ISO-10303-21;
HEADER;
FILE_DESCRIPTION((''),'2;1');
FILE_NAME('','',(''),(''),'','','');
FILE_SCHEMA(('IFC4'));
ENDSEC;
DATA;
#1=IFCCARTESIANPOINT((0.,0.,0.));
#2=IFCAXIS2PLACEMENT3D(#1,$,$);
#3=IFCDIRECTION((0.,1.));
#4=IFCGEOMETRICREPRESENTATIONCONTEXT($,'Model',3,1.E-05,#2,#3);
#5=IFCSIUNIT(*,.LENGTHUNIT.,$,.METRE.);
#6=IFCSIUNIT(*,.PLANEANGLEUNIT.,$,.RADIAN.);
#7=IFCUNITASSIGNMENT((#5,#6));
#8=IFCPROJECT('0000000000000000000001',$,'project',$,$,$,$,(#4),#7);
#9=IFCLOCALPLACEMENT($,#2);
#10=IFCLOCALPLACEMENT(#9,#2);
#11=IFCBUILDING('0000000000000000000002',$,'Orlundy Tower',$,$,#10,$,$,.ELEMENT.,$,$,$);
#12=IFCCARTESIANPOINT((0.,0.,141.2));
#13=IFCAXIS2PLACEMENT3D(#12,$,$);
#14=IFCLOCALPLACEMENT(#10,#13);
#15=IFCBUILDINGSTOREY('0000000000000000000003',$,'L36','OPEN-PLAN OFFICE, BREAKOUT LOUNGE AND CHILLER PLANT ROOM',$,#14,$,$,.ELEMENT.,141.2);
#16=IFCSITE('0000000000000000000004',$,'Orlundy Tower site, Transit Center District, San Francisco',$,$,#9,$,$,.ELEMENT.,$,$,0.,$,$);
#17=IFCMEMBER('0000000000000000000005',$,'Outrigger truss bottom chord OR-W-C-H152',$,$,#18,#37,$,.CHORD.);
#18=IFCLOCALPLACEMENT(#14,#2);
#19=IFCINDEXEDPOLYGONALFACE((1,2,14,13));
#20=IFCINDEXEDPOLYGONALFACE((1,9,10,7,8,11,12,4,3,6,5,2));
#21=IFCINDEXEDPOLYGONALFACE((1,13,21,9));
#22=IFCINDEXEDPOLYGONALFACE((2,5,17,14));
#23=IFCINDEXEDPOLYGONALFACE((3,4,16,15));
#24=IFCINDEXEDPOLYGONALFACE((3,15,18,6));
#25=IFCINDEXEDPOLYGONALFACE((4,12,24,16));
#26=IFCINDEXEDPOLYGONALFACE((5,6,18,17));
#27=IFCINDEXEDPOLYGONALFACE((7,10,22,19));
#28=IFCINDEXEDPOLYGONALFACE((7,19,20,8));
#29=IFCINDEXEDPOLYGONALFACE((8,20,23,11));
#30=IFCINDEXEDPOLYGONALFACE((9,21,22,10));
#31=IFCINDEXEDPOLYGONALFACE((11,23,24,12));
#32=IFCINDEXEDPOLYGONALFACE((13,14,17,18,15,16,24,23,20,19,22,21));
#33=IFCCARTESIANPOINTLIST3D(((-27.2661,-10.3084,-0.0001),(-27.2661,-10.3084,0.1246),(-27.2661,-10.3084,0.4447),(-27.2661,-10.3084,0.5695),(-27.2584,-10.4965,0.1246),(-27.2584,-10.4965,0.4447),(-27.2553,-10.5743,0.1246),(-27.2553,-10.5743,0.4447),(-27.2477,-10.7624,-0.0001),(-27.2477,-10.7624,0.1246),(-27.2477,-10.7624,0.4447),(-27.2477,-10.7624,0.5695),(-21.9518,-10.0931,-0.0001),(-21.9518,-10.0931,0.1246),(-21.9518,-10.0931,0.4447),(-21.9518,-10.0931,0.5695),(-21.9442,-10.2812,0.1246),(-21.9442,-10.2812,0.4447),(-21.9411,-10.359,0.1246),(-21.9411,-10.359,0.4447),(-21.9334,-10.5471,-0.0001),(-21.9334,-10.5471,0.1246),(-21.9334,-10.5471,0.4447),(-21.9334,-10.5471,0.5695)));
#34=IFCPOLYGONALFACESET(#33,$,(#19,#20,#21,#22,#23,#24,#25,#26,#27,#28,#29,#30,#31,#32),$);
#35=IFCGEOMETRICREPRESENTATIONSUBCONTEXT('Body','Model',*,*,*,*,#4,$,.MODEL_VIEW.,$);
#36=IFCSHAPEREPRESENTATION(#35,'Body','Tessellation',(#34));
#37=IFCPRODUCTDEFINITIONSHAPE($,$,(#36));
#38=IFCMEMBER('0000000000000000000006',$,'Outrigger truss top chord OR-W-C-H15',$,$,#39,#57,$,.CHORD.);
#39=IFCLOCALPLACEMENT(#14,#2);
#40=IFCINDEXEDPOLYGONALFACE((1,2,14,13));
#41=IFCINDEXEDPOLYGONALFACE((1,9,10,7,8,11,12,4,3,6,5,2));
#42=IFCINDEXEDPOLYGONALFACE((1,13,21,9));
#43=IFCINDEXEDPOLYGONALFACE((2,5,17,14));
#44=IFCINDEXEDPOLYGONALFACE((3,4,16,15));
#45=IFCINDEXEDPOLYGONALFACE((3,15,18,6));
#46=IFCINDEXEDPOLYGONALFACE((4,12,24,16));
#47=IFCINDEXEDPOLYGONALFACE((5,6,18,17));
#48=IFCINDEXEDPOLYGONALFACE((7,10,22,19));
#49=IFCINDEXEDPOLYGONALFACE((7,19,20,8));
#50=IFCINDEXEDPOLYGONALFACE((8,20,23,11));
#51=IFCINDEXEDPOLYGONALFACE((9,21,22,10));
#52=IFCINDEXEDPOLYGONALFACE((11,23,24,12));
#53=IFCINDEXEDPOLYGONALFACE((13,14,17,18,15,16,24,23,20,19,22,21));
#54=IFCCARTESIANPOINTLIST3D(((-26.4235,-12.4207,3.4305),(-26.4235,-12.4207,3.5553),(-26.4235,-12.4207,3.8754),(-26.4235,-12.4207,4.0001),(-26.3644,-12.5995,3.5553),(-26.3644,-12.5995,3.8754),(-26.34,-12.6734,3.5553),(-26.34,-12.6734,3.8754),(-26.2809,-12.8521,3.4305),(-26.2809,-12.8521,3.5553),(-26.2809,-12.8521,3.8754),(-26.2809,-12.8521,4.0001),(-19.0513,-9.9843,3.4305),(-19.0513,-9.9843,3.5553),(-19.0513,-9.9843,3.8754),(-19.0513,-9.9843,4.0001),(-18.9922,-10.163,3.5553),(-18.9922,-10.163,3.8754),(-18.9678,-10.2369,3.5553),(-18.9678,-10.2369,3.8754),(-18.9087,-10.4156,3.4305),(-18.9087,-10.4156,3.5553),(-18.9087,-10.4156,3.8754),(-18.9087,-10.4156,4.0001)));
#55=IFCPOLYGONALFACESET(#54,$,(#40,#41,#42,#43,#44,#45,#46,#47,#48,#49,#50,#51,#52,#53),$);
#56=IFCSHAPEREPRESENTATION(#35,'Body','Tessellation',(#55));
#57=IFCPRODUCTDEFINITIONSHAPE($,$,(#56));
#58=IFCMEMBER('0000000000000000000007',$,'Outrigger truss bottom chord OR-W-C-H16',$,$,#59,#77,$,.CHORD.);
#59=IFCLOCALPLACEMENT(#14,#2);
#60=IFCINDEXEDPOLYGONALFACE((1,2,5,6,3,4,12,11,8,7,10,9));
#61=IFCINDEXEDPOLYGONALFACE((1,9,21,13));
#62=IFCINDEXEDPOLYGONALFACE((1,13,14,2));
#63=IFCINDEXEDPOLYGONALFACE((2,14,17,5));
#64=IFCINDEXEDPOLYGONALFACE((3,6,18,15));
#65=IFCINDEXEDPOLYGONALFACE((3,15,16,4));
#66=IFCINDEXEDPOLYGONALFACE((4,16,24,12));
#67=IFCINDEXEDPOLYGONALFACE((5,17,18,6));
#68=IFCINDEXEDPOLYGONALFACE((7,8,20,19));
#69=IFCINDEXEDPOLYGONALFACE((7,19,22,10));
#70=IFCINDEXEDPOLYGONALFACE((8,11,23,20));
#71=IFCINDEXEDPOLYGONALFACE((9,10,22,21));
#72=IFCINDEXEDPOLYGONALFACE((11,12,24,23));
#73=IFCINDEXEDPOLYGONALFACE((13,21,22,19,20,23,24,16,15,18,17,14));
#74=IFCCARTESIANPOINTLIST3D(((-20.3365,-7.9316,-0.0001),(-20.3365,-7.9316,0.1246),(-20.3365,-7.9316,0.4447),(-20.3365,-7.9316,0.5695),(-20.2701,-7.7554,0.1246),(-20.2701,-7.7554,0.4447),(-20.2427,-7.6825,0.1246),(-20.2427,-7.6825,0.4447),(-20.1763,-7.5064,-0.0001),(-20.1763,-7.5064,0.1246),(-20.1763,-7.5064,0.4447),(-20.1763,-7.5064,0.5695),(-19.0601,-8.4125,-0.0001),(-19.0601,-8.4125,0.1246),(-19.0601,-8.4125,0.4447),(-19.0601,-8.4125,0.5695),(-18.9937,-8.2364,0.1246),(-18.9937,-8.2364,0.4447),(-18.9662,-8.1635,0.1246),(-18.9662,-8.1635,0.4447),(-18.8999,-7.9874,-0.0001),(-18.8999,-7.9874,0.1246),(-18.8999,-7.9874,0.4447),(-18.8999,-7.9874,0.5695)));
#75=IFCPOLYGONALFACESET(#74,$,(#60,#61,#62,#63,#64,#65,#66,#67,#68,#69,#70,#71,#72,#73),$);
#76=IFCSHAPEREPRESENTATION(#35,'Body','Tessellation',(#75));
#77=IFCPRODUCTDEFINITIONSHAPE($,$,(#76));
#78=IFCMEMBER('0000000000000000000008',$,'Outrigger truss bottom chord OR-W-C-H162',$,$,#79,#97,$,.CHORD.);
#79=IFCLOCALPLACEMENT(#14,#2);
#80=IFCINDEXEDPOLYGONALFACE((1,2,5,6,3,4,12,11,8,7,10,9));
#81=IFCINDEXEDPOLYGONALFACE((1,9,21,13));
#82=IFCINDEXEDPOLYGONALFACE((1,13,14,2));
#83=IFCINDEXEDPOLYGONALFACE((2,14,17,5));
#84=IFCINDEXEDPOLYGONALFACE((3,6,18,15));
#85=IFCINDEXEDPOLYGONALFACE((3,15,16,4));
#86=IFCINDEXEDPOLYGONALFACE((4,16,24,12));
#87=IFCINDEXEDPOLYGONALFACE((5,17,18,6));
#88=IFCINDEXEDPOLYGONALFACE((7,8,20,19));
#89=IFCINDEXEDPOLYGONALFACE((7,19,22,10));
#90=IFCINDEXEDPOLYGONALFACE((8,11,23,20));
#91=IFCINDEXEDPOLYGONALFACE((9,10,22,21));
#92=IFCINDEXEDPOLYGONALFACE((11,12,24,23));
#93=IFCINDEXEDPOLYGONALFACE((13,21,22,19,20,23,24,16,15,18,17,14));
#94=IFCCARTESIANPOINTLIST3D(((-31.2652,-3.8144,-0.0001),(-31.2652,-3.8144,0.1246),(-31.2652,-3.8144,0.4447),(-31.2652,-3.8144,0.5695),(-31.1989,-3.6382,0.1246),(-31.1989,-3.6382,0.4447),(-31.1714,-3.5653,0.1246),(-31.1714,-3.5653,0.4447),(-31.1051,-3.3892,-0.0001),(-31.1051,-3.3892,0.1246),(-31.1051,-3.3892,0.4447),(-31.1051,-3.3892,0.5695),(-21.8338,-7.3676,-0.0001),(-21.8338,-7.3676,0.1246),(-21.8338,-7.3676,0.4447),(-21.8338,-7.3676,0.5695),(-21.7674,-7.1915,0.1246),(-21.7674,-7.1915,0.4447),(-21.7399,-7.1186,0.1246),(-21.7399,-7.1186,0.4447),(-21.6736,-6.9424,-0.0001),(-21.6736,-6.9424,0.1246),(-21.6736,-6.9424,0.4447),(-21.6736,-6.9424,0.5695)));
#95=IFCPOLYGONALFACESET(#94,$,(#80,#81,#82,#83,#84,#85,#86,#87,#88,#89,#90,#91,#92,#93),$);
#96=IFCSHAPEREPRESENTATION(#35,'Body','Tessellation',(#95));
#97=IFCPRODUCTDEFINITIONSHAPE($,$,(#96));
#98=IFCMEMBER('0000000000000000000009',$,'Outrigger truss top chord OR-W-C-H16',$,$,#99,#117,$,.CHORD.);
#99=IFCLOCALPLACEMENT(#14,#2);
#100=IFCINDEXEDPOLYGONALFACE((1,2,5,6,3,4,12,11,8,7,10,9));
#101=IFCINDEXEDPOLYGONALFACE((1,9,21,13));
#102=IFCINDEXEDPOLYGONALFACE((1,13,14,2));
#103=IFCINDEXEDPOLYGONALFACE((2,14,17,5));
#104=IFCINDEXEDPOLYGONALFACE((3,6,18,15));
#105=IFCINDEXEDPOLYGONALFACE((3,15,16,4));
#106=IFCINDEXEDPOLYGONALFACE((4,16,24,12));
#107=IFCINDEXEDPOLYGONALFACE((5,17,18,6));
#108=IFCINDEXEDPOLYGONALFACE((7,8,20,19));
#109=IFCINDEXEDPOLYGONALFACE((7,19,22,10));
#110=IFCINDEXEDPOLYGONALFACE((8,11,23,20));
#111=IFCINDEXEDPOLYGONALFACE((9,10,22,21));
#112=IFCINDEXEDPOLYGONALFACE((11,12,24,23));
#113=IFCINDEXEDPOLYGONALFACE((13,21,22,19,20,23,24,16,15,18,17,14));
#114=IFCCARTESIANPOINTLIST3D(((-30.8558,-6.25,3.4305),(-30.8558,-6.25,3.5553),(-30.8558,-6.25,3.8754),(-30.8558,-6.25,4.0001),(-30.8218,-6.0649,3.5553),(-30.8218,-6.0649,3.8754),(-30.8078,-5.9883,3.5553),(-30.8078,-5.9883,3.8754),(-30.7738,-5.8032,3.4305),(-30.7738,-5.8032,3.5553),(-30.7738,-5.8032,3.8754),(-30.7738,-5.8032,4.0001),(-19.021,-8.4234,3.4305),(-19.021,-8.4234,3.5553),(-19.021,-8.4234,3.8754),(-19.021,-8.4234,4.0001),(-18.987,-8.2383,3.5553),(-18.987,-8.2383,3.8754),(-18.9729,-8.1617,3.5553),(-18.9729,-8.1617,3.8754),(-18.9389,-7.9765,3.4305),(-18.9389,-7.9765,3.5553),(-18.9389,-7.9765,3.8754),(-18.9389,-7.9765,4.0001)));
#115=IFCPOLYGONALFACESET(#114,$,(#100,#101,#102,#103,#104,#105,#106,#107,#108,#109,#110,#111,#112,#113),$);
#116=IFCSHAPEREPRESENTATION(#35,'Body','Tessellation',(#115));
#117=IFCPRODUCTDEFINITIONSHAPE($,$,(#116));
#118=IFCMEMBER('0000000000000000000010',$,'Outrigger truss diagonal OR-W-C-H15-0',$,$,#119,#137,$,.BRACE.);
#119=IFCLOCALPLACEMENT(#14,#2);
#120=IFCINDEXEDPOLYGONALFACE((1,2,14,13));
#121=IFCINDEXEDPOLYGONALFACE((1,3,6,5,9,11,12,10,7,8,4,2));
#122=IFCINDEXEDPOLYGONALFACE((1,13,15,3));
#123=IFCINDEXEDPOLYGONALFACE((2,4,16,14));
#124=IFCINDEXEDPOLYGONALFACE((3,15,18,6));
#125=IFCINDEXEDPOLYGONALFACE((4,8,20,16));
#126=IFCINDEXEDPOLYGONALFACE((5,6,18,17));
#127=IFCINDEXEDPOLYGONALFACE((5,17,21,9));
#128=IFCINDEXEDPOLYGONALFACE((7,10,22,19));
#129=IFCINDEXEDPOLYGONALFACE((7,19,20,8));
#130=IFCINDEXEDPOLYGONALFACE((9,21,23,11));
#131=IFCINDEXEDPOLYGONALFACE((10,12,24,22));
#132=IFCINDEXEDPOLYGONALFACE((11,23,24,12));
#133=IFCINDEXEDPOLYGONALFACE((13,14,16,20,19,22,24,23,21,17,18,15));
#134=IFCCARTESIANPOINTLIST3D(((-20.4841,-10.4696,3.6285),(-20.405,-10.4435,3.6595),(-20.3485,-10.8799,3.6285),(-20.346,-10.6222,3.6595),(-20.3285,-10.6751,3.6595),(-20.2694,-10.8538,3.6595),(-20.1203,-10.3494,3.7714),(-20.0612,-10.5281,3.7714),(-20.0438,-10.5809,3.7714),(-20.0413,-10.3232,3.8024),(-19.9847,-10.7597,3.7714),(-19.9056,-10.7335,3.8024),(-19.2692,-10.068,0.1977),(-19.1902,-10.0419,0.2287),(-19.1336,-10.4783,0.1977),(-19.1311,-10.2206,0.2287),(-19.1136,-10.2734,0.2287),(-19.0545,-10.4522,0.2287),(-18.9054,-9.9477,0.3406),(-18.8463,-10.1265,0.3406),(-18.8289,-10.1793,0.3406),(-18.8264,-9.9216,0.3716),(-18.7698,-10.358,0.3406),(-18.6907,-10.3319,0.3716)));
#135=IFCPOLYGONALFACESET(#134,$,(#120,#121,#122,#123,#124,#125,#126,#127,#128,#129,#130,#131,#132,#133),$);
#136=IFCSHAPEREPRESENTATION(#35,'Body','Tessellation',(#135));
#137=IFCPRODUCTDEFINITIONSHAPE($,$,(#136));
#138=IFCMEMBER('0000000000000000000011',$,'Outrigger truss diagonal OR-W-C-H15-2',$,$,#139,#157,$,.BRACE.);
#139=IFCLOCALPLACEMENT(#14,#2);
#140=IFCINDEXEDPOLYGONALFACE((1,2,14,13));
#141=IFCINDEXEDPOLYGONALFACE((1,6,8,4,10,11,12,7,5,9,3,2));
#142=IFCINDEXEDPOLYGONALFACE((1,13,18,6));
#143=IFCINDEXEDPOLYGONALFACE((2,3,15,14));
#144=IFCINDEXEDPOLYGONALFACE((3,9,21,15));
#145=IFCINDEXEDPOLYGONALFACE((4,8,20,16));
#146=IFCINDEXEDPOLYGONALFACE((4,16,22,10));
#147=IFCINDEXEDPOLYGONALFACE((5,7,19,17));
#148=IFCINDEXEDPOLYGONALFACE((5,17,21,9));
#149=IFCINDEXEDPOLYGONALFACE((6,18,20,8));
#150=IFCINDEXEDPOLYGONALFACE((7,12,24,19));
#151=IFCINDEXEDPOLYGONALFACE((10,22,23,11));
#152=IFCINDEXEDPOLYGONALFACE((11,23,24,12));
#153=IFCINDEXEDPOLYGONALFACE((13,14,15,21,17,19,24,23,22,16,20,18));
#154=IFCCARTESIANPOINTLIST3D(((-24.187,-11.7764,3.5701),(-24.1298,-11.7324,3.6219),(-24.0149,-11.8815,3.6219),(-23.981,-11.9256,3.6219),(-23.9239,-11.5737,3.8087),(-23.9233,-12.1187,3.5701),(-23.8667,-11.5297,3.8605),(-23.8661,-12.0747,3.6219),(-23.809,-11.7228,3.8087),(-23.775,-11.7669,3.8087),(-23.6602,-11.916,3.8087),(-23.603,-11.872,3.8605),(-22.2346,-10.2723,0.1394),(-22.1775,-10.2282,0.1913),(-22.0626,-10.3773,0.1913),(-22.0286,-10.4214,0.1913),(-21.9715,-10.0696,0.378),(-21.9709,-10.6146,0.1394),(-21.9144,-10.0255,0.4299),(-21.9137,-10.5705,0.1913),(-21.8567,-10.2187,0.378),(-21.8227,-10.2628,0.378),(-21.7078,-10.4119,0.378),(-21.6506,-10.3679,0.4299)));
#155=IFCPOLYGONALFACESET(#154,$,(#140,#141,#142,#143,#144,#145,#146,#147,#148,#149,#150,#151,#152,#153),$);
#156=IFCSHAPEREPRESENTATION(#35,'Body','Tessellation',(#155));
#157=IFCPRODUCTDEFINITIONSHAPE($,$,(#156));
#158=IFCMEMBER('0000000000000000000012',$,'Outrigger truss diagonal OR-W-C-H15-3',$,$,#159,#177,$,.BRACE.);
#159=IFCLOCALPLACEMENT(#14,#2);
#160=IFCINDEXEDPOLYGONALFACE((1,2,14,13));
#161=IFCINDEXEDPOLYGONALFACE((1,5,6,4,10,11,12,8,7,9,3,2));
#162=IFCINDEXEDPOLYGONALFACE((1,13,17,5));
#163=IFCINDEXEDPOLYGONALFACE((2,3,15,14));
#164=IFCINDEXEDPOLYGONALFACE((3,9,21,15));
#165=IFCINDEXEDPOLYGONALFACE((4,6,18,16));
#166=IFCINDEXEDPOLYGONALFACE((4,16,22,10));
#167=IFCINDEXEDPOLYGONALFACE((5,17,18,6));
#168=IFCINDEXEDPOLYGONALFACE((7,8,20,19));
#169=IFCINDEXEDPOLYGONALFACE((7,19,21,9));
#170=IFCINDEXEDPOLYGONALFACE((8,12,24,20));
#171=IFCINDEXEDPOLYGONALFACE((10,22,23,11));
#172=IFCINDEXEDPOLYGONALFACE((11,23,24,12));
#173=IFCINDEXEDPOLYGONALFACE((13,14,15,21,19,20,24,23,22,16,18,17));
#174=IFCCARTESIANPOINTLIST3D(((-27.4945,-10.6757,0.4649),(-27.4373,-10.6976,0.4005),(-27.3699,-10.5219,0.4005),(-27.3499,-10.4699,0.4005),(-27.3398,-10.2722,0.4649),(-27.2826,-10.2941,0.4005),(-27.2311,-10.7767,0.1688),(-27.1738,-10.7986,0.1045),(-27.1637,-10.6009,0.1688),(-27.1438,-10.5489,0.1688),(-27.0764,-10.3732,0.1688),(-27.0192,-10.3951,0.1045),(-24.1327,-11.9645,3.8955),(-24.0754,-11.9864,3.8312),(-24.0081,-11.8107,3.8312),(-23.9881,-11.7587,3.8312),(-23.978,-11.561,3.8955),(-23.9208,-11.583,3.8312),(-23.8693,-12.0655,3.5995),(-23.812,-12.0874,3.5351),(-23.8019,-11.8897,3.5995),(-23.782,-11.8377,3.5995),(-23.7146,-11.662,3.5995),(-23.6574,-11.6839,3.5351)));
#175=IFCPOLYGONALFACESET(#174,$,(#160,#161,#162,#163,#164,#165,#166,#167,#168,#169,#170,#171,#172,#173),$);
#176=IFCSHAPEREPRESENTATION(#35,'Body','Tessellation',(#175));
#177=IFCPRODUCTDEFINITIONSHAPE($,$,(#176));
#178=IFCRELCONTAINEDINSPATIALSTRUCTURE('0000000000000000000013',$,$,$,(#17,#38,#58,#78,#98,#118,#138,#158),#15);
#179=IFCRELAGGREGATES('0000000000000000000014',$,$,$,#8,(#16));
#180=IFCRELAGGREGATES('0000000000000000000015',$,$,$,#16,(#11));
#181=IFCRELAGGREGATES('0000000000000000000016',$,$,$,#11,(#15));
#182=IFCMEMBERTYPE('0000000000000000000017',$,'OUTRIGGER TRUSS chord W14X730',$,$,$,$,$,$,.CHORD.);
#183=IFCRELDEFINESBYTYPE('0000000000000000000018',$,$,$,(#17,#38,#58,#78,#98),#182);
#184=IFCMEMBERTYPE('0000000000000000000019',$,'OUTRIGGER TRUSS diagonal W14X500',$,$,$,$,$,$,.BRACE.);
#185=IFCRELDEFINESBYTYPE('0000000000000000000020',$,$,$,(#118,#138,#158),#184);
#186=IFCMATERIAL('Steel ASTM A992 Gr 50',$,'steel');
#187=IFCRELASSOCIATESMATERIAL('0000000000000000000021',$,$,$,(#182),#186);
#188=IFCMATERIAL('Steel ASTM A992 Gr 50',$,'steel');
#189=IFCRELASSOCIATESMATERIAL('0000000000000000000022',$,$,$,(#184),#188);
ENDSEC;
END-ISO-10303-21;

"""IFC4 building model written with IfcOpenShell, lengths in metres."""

from ifc_helpers import new_model, si_unit, direction, frame, origin, origin_2d, place, context, subcontext, project, spatial, i_section, extrude, material, material_profile, profile_set, type_object, element, save


model = new_model("IFC4")

# Units and contexts
model_context = context("Model", 3, precision=1e-05, world=origin(), true_north=direction((0.0, 1.0)))
body_context = subcontext(model_context, "Body", "Model", "MODEL_VIEW")
ifc_project = project(units=[si_unit("LENGTHUNIT", "METRE"), si_unit("PLANEANGLEUNIT", "RADIAN")], contexts=[model_context])

# Site, building, storey
site_placement = place(None, origin())
site = spatial("IfcSite", under=ifc_project, at=site_placement, Name="Orlundy Tower site, Transit Center District, San Francisco", CompositionType="ELEMENT", RefElevation=0.0)
building_placement = place(site_placement, origin())
building = spatial("IfcBuilding", under=site, at=building_placement, Name="Orlundy Tower", CompositionType="ELEMENT")
storey_placement = place(building_placement, frame((0.0, 0.0, 141.2)))
storey = spatial("IfcBuildingStorey", under=building, at=storey_placement, Name="L36", Description="OPEN-PLAN OFFICE, BREAKOUT LOUNGE AND CHILLER PLANT ROOM", CompositionType="ELEMENT", Elevation=141.2)

# Members
ifc_material_1 = material(Name="Steel ASTM A992 Gr 50", Category="steel")
ifc_material_profile_1 = material_profile(ifc_material_1, i_section(OverallWidth=0.4543, OverallDepth=0.5696, WebThickness=0.0779, FlangeThickness=0.1248, at=origin_2d()), Name="W14X730")
ifc_profile_set_1 = profile_set([ifc_material_profile_1], Name="Steel ASTM A992 Gr 50")
member_type_1 = type_object("IfcMemberType", Name="OUTRIGGER TRUSS chord W14X730", PredefinedType="CHORD", material=ifc_profile_set_1)
member_1_placement = place(storey_placement, frame((-21.9426, -10.3201, 0.2847), z_axis=(-0.99918, -0.040487, 0.0), x_axis=(0.040487, -0.99918, 0.0)))
element("IfcMember", 1, at=member_1_placement, inside=storey, type_object=member_type_1, Name="Outrigger truss bottom chord OR-W-C-H152", PredefinedType="CHORD", context=body_context, shape_type="SweptSolid", body=[
    extrude(i_section(OverallWidth=0.4543, OverallDepth=0.5696, WebThickness=0.0779, FlangeThickness=0.1248, at=origin_2d()), origin(), (0.0, 0.0, 1.0), 5.3186),
])
member_2_placement = place(storey_placement, frame((-18.98, -10.2, 3.7153), z_axis=(-0.949488, -0.313802, 0.0), x_axis=(0.313802, -0.949488, 0.0)))
element("IfcMember", 2, at=member_2_placement, inside=storey, type_object=member_type_1, Name="Outrigger truss top chord OR-W-C-H15", PredefinedType="CHORD", context=body_context, shape_type="SweptSolid", body=[
    extrude(i_section(OverallWidth=0.4543, OverallDepth=0.5696, WebThickness=0.0779, FlangeThickness=0.1248, at=origin_2d()), origin(), (0.0, 0.0, 1.0), 7.7644),
])
member_3_placement = place(storey_placement, frame((-18.98, -8.2, 0.2847), z_axis=(-0.935769, 0.352614, 0.0), x_axis=(-0.352614, -0.935769, 0.0)))
element("IfcMember", 3, at=member_3_placement, inside=storey, type_object=member_type_1, Name="Outrigger truss bottom chord OR-W-C-H16", PredefinedType="CHORD", context=body_context, shape_type="SweptSolid", body=[
    extrude(i_section(OverallWidth=0.4543, OverallDepth=0.5696, WebThickness=0.0779, FlangeThickness=0.1248, at=origin_2d()), origin(), (0.0, 0.0, 1.0), 1.364),
])
member_4_placement = place(storey_placement, frame((-21.7537, -7.155, 0.2847), z_axis=(-0.935792, 0.352554, 0.0), x_axis=(-0.352554, -0.935792, 0.0)))
element("IfcMember", 4, at=member_4_placement, inside=storey, type_object=member_type_1, Name="Outrigger truss bottom chord OR-W-C-H162", PredefinedType="CHORD", context=body_context, shape_type="SweptSolid", body=[
    extrude(i_section(OverallWidth=0.4543, OverallDepth=0.5696, WebThickness=0.0779, FlangeThickness=0.1248, at=origin_2d()), origin(), (0.0, 0.0, 1.0), 10.0786),
])
member_5_placement = place(storey_placement, frame((-18.98, -8.2, 3.7153), z_axis=(-0.983553, 0.180621, 0.0), x_axis=(-0.180621, -0.983553, 0.0)))
element("IfcMember", 5, at=member_5_placement, inside=storey, type_object=member_type_1, Name="Outrigger truss top chord OR-W-C-H16", PredefinedType="CHORD", context=body_context, shape_type="SweptSolid", body=[
    extrude(i_section(OverallWidth=0.4543, OverallDepth=0.5696, WebThickness=0.0779, FlangeThickness=0.1248, at=origin_2d()), origin(), (0.0, 0.0, 1.0), 12.0327),
])
ifc_material_2 = material(Name="Steel ASTM A992 Gr 50", Category="steel")
ifc_material_profile_2 = material_profile(ifc_material_2, i_section(OverallWidth=0.4321, OverallDepth=0.4978, WebThickness=0.0557, FlangeThickness=0.0889, at=origin_2d()), Name="W14X500")
ifc_profile_set_2 = profile_set([ifc_material_profile_2], Name="Steel ASTM A992 Gr 50")
member_type_2 = type_object("IfcMemberType", Name="OUTRIGGER TRUSS diagonal W14X500", PredefinedType="BRACE", material=ifc_profile_set_2)
member_6_placement = place(storey_placement, frame((-18.98, -10.2, 0.2847), z_axis=(-0.331788, -0.109685, 0.936956), x_axis=(0.31388, -0.949463, 0.0)))
element("IfcMember", 6, at=member_6_placement, inside=storey, type_object=member_type_2, Name="Outrigger truss diagonal OR-W-C-H15-0", PredefinedType="BRACE", context=body_context, shape_type="SweptSolid", body=[
    extrude(i_section(OverallWidth=0.4321, OverallDepth=0.4978, WebThickness=0.0557, FlangeThickness=0.0889, at=origin_2d()), origin(), (0.0, 0.0, 1.0), 3.6616),
])
member_7_placement = place(storey_placement, frame((-21.9426, -10.3201, 0.2847), z_axis=(-0.462194, -0.35608, 0.812148), x_axis=(0.610299, -0.792171, 0.0)))
element("IfcMember", 7, at=member_7_placement, inside=storey, type_object=member_type_2, Name="Outrigger truss diagonal OR-W-C-H15-2", PredefinedType="BRACE", context=body_context, shape_type="SweptSolid", body=[
    extrude(i_section(OverallWidth=0.4321, OverallDepth=0.4978, WebThickness=0.0557, FlangeThickness=0.0889, at=origin_2d()), origin(), (0.0, 0.0, 1.0), 4.2241),
])
member_8_placement = place(storey_placement, frame((-23.895, -11.8242, 3.7153), z_axis=(-0.675992, 0.259155, -0.689836), x_axis=(-0.357966, -0.933735, 0.0)))
element("IfcMember", 8, at=member_8_placement, inside=storey, type_object=member_type_2, Name="Outrigger truss diagonal OR-W-C-H15-3", PredefinedType="BRACE", context=body_context, shape_type="SweptSolid", body=[
    extrude(i_section(OverallWidth=0.4321, OverallDepth=0.4978, WebThickness=0.0557, FlangeThickness=0.0889, at=origin_2d()), origin(), (0.0, 0.0, 1.0), 4.9731),
])

save(model, "model.ifc")
